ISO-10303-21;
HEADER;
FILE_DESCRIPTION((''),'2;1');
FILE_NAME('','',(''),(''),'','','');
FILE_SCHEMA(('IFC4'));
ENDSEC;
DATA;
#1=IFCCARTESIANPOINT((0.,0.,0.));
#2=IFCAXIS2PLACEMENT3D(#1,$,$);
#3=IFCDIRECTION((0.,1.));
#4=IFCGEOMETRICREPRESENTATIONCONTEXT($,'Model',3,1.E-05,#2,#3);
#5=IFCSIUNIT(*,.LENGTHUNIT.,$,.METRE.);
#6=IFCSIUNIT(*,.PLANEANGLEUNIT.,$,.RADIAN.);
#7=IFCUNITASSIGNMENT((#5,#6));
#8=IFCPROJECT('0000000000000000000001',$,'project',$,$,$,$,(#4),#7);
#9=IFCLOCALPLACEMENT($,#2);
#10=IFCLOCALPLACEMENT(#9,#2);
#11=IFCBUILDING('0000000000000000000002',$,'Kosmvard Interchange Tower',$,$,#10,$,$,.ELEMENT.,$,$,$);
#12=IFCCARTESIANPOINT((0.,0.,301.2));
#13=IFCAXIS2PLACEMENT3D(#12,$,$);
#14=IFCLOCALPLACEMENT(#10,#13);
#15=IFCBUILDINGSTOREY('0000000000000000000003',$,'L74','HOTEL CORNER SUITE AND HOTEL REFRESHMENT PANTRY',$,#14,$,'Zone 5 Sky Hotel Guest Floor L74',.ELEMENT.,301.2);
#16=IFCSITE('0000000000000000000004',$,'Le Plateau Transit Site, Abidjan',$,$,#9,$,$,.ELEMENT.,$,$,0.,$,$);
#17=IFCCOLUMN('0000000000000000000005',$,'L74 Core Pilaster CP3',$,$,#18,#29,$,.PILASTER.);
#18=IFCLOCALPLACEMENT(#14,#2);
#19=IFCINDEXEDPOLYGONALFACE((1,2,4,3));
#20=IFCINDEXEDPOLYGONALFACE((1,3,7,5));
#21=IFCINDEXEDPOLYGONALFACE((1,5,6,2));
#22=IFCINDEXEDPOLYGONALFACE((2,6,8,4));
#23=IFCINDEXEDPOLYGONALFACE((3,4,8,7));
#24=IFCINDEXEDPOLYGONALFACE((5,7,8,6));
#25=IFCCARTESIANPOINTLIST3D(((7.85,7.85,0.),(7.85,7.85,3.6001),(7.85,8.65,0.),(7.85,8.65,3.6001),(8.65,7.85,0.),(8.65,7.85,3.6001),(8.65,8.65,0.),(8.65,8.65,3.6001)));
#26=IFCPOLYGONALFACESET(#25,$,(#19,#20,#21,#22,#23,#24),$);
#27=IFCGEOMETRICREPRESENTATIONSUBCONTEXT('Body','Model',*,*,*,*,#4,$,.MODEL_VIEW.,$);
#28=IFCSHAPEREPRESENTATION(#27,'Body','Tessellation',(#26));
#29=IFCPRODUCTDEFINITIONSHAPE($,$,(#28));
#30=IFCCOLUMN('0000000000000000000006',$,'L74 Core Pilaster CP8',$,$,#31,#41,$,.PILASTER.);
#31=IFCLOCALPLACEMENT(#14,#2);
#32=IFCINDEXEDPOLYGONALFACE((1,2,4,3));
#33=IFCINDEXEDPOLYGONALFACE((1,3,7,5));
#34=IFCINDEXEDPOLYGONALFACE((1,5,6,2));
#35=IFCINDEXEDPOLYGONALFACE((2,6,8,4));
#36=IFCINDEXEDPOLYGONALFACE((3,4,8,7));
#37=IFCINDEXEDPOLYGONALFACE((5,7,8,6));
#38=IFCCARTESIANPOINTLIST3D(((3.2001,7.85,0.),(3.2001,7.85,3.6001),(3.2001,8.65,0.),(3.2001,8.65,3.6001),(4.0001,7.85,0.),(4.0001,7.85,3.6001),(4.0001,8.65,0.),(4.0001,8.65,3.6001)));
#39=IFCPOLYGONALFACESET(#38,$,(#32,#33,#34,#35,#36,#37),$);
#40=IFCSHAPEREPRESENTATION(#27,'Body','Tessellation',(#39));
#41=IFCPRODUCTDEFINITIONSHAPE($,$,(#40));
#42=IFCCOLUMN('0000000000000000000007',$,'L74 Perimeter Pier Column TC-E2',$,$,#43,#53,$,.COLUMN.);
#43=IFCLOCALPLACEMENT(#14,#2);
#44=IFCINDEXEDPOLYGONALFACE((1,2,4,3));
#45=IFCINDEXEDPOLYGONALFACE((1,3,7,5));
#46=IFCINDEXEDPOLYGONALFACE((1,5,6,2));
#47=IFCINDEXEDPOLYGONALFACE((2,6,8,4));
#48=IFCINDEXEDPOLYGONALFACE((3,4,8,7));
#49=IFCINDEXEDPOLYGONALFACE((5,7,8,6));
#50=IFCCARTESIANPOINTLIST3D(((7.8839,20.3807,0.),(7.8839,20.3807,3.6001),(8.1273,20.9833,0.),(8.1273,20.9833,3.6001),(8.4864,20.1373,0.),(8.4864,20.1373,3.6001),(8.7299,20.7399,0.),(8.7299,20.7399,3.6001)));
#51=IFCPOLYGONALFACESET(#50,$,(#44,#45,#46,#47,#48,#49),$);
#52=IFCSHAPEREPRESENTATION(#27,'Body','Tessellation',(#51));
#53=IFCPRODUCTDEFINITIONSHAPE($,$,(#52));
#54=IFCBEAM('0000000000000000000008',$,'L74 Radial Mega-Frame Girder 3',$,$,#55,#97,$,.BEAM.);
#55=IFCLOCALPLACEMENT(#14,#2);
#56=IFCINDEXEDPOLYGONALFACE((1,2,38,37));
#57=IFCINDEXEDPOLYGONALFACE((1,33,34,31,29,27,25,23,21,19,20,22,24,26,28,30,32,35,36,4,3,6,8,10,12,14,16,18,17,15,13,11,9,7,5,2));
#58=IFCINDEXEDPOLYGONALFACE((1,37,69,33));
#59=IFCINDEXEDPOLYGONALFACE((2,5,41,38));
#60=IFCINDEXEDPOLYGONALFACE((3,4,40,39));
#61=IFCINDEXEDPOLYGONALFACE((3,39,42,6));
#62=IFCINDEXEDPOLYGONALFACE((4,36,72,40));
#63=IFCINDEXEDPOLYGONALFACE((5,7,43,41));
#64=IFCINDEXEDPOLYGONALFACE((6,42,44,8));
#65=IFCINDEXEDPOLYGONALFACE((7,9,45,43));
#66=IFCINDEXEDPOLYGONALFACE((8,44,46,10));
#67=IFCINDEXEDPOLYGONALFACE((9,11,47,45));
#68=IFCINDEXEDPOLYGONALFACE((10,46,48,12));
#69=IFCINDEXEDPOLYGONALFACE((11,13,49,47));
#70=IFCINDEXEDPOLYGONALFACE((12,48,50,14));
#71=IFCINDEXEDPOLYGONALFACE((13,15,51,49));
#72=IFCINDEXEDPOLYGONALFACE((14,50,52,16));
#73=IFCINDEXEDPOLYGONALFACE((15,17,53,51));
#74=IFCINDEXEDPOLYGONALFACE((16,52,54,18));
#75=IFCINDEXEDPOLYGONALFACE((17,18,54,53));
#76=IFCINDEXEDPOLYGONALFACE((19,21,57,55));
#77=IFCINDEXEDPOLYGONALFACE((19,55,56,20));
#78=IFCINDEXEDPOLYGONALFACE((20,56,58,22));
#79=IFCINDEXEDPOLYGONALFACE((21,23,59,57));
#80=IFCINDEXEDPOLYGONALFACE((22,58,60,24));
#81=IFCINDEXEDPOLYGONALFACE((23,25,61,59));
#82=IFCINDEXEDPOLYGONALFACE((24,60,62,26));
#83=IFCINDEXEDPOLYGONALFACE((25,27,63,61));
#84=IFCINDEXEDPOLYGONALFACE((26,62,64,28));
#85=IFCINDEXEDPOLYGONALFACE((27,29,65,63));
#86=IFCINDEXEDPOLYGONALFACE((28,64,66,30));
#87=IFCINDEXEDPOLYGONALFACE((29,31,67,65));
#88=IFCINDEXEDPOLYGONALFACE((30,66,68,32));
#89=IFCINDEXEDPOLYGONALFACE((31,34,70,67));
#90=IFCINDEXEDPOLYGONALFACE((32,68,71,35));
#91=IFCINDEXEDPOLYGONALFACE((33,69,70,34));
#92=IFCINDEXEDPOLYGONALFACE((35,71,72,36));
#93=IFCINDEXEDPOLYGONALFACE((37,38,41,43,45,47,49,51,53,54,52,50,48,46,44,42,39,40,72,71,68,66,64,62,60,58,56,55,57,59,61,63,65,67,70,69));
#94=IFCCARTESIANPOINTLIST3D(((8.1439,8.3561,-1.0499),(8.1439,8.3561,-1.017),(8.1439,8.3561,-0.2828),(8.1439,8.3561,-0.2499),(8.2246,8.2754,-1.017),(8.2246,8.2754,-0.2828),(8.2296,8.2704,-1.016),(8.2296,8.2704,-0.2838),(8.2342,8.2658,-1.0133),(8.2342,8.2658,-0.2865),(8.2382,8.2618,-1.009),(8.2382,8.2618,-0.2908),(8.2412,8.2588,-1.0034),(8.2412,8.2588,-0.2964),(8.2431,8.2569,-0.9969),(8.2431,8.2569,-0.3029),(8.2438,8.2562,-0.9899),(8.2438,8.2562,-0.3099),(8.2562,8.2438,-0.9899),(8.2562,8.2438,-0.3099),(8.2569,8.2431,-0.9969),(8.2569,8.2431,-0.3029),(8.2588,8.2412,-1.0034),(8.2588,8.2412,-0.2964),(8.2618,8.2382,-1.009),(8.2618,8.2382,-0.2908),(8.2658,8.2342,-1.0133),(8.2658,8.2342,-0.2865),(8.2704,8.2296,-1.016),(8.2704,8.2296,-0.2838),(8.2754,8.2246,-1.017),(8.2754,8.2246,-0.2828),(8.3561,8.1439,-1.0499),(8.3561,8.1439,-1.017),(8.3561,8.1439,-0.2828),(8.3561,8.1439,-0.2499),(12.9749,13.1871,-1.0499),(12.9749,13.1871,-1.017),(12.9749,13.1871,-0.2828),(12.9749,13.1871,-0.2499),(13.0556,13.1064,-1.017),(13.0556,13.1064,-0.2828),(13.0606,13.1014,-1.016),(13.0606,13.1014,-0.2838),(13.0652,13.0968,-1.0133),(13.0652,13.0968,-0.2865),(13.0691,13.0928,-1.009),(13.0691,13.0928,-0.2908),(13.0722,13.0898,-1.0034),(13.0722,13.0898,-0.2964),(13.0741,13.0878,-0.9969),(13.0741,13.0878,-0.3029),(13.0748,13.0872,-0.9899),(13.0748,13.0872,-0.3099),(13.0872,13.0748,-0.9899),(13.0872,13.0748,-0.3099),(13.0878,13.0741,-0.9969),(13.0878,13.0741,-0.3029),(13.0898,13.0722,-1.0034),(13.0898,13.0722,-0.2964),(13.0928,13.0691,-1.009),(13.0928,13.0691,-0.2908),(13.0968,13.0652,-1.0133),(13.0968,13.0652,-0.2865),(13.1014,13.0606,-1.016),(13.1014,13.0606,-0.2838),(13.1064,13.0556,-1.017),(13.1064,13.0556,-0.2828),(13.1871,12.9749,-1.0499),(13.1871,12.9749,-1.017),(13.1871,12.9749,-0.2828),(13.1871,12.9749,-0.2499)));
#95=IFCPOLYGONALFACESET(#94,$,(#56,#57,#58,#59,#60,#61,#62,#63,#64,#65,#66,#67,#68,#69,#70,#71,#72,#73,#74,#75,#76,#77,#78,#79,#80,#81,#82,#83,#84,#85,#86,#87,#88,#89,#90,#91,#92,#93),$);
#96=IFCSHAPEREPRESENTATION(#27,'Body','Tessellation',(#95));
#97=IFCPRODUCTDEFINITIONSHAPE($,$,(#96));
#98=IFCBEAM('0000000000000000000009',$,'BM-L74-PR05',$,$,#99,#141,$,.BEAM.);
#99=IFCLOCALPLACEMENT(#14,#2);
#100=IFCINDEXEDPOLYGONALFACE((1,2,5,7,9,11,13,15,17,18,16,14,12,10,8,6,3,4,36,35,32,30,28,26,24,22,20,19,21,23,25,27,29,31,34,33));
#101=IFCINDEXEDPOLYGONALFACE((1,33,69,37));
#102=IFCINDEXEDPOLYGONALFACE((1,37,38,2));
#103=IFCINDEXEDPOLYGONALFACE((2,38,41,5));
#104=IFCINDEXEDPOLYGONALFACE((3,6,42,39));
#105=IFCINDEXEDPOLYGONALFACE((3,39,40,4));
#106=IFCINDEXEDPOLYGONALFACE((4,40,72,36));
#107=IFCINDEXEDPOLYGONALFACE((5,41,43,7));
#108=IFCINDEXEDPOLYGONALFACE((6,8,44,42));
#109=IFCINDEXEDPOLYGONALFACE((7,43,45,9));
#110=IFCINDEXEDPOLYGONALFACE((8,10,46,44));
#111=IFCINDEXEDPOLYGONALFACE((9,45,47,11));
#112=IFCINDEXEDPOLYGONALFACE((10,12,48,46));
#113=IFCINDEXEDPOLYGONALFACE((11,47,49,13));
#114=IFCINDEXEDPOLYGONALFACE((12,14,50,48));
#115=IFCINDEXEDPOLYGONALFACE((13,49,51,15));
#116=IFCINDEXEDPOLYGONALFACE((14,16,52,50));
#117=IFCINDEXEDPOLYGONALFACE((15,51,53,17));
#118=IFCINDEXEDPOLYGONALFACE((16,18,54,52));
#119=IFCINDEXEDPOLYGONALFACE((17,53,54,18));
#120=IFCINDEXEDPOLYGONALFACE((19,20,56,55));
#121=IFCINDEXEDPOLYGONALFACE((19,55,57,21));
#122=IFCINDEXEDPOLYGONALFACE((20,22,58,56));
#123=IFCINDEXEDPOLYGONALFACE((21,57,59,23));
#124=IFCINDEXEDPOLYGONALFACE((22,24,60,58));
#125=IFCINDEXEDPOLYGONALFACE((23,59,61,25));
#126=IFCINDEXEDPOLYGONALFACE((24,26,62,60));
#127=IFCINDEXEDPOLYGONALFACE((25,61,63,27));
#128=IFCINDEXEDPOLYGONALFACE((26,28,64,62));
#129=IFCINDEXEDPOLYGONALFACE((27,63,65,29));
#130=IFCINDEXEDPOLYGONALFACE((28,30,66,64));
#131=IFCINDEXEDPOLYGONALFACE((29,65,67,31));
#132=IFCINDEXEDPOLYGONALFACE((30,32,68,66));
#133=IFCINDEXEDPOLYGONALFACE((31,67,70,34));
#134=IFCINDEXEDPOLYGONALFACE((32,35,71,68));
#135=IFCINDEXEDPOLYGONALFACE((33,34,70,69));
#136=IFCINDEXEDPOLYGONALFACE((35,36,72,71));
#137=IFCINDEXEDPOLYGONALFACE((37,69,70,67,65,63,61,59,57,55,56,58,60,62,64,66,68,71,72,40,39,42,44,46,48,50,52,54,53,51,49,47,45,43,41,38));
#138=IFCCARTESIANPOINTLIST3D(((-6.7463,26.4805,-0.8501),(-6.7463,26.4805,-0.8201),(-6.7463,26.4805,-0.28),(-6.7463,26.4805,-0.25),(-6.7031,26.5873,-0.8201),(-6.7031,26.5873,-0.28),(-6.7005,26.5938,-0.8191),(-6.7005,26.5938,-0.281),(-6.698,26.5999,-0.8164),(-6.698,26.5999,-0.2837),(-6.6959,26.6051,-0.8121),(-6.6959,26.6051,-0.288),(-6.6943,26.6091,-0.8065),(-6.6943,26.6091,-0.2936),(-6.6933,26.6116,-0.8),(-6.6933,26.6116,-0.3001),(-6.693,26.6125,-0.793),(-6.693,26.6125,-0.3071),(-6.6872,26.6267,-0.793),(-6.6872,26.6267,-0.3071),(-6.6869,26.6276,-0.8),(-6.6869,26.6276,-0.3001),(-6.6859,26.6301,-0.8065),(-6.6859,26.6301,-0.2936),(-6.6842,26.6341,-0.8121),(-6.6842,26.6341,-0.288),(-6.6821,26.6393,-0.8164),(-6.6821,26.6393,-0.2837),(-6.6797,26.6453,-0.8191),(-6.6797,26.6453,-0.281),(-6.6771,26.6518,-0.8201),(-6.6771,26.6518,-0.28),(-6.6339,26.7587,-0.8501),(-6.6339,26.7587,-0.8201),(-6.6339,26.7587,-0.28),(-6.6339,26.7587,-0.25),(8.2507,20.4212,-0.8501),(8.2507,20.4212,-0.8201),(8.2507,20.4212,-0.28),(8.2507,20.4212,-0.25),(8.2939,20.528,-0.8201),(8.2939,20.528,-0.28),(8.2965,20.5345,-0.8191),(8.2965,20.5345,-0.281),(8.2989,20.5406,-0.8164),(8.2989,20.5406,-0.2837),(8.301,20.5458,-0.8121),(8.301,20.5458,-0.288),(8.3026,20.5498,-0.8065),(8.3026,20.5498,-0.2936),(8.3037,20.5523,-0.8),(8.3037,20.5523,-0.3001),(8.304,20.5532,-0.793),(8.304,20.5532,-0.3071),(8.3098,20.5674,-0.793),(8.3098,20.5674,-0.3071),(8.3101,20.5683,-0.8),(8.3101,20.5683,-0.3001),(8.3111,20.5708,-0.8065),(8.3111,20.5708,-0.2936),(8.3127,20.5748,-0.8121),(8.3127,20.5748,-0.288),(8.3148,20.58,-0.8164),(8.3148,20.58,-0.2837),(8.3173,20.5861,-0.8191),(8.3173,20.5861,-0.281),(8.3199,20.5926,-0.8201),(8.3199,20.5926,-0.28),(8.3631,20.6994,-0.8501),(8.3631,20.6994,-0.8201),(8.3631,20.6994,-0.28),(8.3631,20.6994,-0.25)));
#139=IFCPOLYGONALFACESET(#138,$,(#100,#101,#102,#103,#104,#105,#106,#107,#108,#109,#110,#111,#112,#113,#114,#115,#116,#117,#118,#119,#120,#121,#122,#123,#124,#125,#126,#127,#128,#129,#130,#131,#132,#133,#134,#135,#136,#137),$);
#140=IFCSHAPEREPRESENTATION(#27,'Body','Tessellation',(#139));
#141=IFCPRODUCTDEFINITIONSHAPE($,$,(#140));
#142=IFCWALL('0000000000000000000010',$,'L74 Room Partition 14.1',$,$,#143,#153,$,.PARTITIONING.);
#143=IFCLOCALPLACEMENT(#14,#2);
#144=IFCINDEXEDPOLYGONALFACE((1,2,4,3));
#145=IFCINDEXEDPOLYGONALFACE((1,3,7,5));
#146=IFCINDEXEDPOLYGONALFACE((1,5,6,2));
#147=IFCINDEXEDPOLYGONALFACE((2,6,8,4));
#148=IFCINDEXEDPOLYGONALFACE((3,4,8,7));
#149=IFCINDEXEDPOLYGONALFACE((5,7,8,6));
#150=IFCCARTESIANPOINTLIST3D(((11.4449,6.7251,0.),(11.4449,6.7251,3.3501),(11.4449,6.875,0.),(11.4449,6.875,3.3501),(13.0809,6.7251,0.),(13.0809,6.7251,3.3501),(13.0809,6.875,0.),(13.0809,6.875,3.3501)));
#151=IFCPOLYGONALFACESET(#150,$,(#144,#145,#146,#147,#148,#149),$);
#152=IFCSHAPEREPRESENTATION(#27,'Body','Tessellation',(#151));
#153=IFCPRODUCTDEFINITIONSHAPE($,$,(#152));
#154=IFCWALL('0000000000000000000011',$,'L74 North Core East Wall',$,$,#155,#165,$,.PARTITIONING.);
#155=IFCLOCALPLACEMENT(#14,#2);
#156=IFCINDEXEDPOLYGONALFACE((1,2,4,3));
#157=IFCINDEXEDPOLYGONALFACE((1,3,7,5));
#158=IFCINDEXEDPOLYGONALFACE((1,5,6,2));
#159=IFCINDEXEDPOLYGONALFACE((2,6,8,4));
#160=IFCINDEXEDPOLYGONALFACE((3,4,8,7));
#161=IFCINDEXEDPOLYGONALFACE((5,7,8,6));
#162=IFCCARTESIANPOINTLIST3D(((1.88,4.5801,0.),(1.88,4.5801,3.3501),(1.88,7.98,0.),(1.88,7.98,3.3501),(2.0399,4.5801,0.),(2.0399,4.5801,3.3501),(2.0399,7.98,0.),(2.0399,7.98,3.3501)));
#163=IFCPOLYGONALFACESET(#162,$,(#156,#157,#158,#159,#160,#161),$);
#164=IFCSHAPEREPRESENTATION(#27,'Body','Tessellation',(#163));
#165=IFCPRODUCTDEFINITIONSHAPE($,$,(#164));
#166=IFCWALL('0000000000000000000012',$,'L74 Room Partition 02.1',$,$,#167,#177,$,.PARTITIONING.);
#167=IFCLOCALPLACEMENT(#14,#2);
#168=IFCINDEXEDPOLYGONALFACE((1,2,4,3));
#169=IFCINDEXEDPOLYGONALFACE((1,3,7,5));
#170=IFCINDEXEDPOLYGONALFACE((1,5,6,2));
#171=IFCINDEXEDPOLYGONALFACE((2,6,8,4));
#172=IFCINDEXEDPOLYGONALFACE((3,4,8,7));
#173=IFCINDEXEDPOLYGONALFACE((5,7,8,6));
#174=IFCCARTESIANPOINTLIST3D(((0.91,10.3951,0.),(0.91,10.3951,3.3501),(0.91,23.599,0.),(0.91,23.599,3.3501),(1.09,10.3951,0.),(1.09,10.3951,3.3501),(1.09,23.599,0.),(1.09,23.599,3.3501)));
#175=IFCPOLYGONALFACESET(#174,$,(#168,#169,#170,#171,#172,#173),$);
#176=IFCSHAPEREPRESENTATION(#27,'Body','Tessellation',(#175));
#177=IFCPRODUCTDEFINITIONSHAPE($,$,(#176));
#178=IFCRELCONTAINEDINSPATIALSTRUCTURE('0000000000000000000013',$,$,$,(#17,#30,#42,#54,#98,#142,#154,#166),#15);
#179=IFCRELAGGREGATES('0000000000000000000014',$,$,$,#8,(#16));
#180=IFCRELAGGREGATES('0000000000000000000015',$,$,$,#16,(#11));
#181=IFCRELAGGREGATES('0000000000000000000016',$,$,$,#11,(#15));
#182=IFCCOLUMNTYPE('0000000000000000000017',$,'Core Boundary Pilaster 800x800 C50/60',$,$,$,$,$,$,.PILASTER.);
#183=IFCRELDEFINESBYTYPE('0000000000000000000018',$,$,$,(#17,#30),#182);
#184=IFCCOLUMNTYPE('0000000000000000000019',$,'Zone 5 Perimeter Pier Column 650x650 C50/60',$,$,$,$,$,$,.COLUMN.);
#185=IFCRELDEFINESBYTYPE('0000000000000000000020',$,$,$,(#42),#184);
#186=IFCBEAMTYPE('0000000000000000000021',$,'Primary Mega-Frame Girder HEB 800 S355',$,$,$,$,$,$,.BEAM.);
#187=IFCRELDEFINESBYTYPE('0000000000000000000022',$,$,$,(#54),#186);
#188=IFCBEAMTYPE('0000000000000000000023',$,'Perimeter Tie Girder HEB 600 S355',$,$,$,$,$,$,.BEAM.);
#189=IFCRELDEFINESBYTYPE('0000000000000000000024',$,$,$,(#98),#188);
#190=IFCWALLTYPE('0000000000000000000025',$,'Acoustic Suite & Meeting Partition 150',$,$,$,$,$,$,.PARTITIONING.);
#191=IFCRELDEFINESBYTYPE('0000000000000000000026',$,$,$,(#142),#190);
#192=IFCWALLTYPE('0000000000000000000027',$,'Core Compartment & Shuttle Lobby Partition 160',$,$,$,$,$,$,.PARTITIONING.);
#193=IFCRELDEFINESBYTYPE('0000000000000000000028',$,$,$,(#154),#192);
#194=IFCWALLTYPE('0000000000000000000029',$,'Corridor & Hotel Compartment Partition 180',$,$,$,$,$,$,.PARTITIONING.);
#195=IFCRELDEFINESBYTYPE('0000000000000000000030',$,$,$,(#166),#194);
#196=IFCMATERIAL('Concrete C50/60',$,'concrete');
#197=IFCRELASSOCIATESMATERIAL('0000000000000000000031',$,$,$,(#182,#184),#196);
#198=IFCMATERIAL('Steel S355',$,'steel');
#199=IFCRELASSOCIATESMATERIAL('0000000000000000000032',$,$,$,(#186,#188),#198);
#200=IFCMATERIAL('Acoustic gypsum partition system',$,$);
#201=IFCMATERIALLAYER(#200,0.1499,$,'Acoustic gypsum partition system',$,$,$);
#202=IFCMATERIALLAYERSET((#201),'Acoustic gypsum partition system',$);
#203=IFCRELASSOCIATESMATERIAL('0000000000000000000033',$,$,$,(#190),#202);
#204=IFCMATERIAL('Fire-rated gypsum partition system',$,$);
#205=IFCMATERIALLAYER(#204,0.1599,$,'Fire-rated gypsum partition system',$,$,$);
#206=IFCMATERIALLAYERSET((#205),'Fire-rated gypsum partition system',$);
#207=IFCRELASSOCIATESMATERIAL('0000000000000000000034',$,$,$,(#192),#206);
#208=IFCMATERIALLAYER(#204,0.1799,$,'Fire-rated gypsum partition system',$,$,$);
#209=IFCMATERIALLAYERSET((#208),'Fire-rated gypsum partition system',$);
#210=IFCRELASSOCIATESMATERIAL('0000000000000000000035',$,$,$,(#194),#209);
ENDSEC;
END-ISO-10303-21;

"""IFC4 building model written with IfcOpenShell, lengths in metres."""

from ifc_helpers import new_model, si_unit, direction, frame, frame_2d, origin, origin_2d, place, context, subcontext, project, spatial, rectangle, i_section, extrude, source, transform, mapped, material, layer, layer_set, material_profile, profile_set, type_object, element, save


model = new_model("IFC4")

# Units and contexts
model_context = context("Model", 3, precision=1e-05, world=origin(), true_north=direction((0.0, 1.0)))
body_context = subcontext(model_context, "Body", "Model", "MODEL_VIEW")
ifc_project = project(units=[si_unit("LENGTHUNIT", "METRE"), si_unit("PLANEANGLEUNIT", "RADIAN")], contexts=[model_context])

# Site, building, storey
site_placement = place(None, origin())
site = spatial("IfcSite", under=ifc_project, at=site_placement, Name="Le Plateau Transit Site, Abidjan", CompositionType="ELEMENT", RefElevation=0.0)
building_placement = place(site_placement, origin())
building = spatial("IfcBuilding", under=site, at=building_placement, Name="Kosmvard Interchange Tower", CompositionType="ELEMENT")
storey_placement = place(building_placement, frame((0.0, 0.0, 301.2)))
storey = spatial("IfcBuildingStorey", under=building, at=storey_placement, Name="L74", Description="HOTEL CORNER SUITE AND HOTEL REFRESHMENT PANTRY", LongName="Zone 5 Sky Hotel Guest Floor L74", CompositionType="ELEMENT", Elevation=301.2)

# Columns
ifc_material_1 = material(Name="Concrete C50/60", Category="concrete")
ifc_material_profile_1 = material_profile(ifc_material_1, rectangle(XDim=0.8, YDim=0.8, at=origin_2d()), Name="CP 800x800")
ifc_profile_set_1 = profile_set([ifc_material_profile_1], Name="Concrete C50/60")
column_type_1 = type_object("IfcColumnType", Name="Core Boundary Pilaster 800x800 C50/60", PredefinedType="PILASTER", material=ifc_profile_set_1)
shared_shape_1 = source(origin(), body_context, "Body", "SweptSolid", [
    extrude(rectangle(XDim=0.8, YDim=0.8, at=origin_2d()), origin(), (0.0, 0.0, 1.0), 3.6001),
])
for number, where, z_axis, x_axis, name in (
    (1, (8.25, 8.25, 0.0), (0.0, 0.0, 1.0), (1.0, 0.0, 0.0), "L74 Core Pilaster CP3"),
    (2, (3.6001, 8.25, 0.0), (0.0, 0.0, 1.0), (1.0, 0.0, 0.0), "L74 Core Pilaster CP8"),
):
    element("IfcColumn", number, at=place(storey_placement, frame(where, z_axis=z_axis, x_axis=x_axis)), inside=storey, type_object=column_type_1, Name=name, PredefinedType="PILASTER", context=body_context, shape_type="MappedRepresentation", body=[
        mapped(shared_shape_1, transform((0.0, 0.0, 0.0), scale=1.0)),
    ])
ifc_material_profile_2 = material_profile(ifc_material_1, rectangle(XDim=0.6499, YDim=0.6499, at=origin_2d()), Name="TC 650x650")
ifc_profile_set_2 = profile_set([ifc_material_profile_2], Name="Concrete C50/60")
column_type_2 = type_object("IfcColumnType", Name="Zone 5 Perimeter Pier Column 650x650 C50/60", PredefinedType="COLUMN", material=ifc_profile_set_2)
shared_shape_2 = source(origin(), body_context, "Body", "SweptSolid", [
    extrude(rectangle(XDim=0.6499, YDim=0.6499, at=origin_2d()), origin(), (0.0, 0.0, 1.0), 3.6001),
])
column_placement = place(storey_placement, frame((8.3069, 20.5603, 0.0), z_axis=(0.0, 0.0, 1.0), x_axis=(0.374607, 0.927184, 0.0)))
element("IfcColumn", 3, at=column_placement, inside=storey, type_object=column_type_2, Name="L74 Perimeter Pier Column TC-E2", PredefinedType="COLUMN", context=body_context, shape_type="MappedRepresentation", body=[
    mapped(shared_shape_2, transform((0.0, 0.0, 0.0), scale=1.0)),
])

# Beams
ifc_material_2 = material(Name="Steel S355", Category="steel")
ifc_material_profile_3 = material_profile(ifc_material_2, i_section(OverallWidth=0.3, OverallDepth=0.8, WebThickness=0.0176, FlangeThickness=0.033, FilletRadius=0.0271, at=origin_2d()), Name="HEB 800")
ifc_profile_set_3 = profile_set([ifc_material_profile_3], Name="Steel S355")
beam_type_1 = type_object("IfcBeamType", Name="Primary Mega-Frame Girder HEB 800 S355", PredefinedType="BEAM", material=ifc_profile_set_3)
shared_shape_3 = source(origin(), body_context, "Body", "SweptSolid", [
    extrude(i_section(OverallWidth=0.3, OverallDepth=0.8, WebThickness=0.0176, FlangeThickness=0.033, FilletRadius=0.0271, at=origin_2d()), origin(), (0.0, 0.0, 1.0), 6.832),
])
beam_1_placement = place(storey_placement, frame((8.25, 8.25, -0.6499), z_axis=(0.707107, 0.707107, 0.0), x_axis=(-0.707107, 0.707107, 0.0)))
element("IfcBeam", 4, at=beam_1_placement, inside=storey, type_object=beam_type_1, Name="L74 Radial Mega-Frame Girder 3", PredefinedType="BEAM", context=body_context, shape_type="MappedRepresentation", body=[
    mapped(shared_shape_3, transform((0.0, 0.0, 0.0), scale=1.0)),
])
ifc_material_profile_4 = material_profile(ifc_material_2, i_section(OverallWidth=0.3, OverallDepth=0.6001, WebThickness=0.0154, FlangeThickness=0.03, FilletRadius=0.0271, at=origin_2d()), Name="HEB 600")
ifc_profile_set_4 = profile_set([ifc_material_profile_4], Name="Steel S355")
beam_type_2 = type_object("IfcBeamType", Name="Perimeter Tie Girder HEB 600 S355", PredefinedType="BEAM", material=ifc_profile_set_4)
shared_shape_4 = source(origin(), body_context, "Body", "SweptSolid", [
    extrude(i_section(OverallWidth=0.3, OverallDepth=0.6001, WebThickness=0.0154, FlangeThickness=0.03, FilletRadius=0.0271, at=origin_2d()), origin(), (0.0, 0.0, 1.0), 16.1748),
])
beam_2_placement = place(storey_placement, frame((8.3069, 20.5603, -0.55), z_axis=(-0.927181, 0.374613, 0.0), x_axis=(-0.374613, -0.927181, 0.0)))
element("IfcBeam", 5, at=beam_2_placement, inside=storey, type_object=beam_type_2, Name="BM-L74-PR05", PredefinedType="BEAM", context=body_context, shape_type="MappedRepresentation", body=[
    mapped(shared_shape_4, transform((0.0, 0.0, 0.0), scale=1.0)),
])

# Walls
ifc_material_3 = material(Name="Acoustic gypsum partition system")
ifc_layer_1 = layer(ifc_material_3, 0.1499, Name="Acoustic gypsum partition system")
ifc_layer_set_1 = layer_set([ifc_layer_1], Name="Acoustic gypsum partition system")
wall_type_1 = type_object("IfcWallType", Name="Acoustic Suite & Meeting Partition 150", PredefinedType="PARTITIONING", material=ifc_layer_set_1)
wall_1_placement = place(storey_placement, frame((11.4451, 6.8, 0.0), z_axis=(0.0, 0.0, 1.0), x_axis=(1.0, 0.0, 0.0)))
element("IfcWall", 6, at=wall_1_placement, inside=storey, type_object=wall_type_1, Name="L74 Room Partition 14.1", PredefinedType="PARTITIONING", context=body_context, shape_type="SweptSolid", body=[
    extrude(rectangle(XDim=1.636, YDim=0.1499, at=frame_2d((0.8179, 0.0))), origin(), (0.0, 0.0, 1.0), 3.3501),
])
ifc_material_4 = material(Name="Fire-rated gypsum partition system")
ifc_layer_2 = layer(ifc_material_4, 0.1599, Name="Fire-rated gypsum partition system")
ifc_layer_set_2 = layer_set([ifc_layer_2], Name="Fire-rated gypsum partition system")
wall_type_2 = type_object("IfcWallType", Name="Core Compartment & Shuttle Lobby Partition 160", PredefinedType="PARTITIONING", material=ifc_layer_set_2)
wall_2_placement = place(storey_placement, frame((1.96, 4.5801, 0.0), z_axis=(0.0, 0.0, 1.0), x_axis=(0.0, 1.0, 0.0)))
element("IfcWall", 7, at=wall_2_placement, inside=storey, type_object=wall_type_2, Name="L74 North Core East Wall", PredefinedType="PARTITIONING", context=body_context, shape_type="SweptSolid", body=[
    extrude(rectangle(XDim=3.3999, YDim=0.1599, at=frame_2d((1.7, 0.0))), origin(), (0.0, 0.0, 1.0), 3.3501),
])
ifc_layer_3 = layer(ifc_material_4, 0.1799, Name="Fire-rated gypsum partition system")
ifc_layer_set_3 = layer_set([ifc_layer_3], Name="Fire-rated gypsum partition system")
wall_type_3 = type_object("IfcWallType", Name="Corridor & Hotel Compartment Partition 180", PredefinedType="PARTITIONING", material=ifc_layer_set_3)
wall_3_placement = place(storey_placement, frame((1.0, 10.395, 0.0), z_axis=(0.0, 0.0, 1.0), x_axis=(0.0, 1.0, 0.0)))
element("IfcWall", 8, at=wall_3_placement, inside=storey, type_object=wall_type_3, Name="L74 Room Partition 02.1", PredefinedType="PARTITIONING", context=body_context, shape_type="SweptSolid", body=[
    extrude(rectangle(XDim=13.2039, YDim=0.1799, at=frame_2d((6.6021, 0.0))), origin(), (0.0, 0.0, 1.0), 3.3501),
])

save(model, "model.ifc")
